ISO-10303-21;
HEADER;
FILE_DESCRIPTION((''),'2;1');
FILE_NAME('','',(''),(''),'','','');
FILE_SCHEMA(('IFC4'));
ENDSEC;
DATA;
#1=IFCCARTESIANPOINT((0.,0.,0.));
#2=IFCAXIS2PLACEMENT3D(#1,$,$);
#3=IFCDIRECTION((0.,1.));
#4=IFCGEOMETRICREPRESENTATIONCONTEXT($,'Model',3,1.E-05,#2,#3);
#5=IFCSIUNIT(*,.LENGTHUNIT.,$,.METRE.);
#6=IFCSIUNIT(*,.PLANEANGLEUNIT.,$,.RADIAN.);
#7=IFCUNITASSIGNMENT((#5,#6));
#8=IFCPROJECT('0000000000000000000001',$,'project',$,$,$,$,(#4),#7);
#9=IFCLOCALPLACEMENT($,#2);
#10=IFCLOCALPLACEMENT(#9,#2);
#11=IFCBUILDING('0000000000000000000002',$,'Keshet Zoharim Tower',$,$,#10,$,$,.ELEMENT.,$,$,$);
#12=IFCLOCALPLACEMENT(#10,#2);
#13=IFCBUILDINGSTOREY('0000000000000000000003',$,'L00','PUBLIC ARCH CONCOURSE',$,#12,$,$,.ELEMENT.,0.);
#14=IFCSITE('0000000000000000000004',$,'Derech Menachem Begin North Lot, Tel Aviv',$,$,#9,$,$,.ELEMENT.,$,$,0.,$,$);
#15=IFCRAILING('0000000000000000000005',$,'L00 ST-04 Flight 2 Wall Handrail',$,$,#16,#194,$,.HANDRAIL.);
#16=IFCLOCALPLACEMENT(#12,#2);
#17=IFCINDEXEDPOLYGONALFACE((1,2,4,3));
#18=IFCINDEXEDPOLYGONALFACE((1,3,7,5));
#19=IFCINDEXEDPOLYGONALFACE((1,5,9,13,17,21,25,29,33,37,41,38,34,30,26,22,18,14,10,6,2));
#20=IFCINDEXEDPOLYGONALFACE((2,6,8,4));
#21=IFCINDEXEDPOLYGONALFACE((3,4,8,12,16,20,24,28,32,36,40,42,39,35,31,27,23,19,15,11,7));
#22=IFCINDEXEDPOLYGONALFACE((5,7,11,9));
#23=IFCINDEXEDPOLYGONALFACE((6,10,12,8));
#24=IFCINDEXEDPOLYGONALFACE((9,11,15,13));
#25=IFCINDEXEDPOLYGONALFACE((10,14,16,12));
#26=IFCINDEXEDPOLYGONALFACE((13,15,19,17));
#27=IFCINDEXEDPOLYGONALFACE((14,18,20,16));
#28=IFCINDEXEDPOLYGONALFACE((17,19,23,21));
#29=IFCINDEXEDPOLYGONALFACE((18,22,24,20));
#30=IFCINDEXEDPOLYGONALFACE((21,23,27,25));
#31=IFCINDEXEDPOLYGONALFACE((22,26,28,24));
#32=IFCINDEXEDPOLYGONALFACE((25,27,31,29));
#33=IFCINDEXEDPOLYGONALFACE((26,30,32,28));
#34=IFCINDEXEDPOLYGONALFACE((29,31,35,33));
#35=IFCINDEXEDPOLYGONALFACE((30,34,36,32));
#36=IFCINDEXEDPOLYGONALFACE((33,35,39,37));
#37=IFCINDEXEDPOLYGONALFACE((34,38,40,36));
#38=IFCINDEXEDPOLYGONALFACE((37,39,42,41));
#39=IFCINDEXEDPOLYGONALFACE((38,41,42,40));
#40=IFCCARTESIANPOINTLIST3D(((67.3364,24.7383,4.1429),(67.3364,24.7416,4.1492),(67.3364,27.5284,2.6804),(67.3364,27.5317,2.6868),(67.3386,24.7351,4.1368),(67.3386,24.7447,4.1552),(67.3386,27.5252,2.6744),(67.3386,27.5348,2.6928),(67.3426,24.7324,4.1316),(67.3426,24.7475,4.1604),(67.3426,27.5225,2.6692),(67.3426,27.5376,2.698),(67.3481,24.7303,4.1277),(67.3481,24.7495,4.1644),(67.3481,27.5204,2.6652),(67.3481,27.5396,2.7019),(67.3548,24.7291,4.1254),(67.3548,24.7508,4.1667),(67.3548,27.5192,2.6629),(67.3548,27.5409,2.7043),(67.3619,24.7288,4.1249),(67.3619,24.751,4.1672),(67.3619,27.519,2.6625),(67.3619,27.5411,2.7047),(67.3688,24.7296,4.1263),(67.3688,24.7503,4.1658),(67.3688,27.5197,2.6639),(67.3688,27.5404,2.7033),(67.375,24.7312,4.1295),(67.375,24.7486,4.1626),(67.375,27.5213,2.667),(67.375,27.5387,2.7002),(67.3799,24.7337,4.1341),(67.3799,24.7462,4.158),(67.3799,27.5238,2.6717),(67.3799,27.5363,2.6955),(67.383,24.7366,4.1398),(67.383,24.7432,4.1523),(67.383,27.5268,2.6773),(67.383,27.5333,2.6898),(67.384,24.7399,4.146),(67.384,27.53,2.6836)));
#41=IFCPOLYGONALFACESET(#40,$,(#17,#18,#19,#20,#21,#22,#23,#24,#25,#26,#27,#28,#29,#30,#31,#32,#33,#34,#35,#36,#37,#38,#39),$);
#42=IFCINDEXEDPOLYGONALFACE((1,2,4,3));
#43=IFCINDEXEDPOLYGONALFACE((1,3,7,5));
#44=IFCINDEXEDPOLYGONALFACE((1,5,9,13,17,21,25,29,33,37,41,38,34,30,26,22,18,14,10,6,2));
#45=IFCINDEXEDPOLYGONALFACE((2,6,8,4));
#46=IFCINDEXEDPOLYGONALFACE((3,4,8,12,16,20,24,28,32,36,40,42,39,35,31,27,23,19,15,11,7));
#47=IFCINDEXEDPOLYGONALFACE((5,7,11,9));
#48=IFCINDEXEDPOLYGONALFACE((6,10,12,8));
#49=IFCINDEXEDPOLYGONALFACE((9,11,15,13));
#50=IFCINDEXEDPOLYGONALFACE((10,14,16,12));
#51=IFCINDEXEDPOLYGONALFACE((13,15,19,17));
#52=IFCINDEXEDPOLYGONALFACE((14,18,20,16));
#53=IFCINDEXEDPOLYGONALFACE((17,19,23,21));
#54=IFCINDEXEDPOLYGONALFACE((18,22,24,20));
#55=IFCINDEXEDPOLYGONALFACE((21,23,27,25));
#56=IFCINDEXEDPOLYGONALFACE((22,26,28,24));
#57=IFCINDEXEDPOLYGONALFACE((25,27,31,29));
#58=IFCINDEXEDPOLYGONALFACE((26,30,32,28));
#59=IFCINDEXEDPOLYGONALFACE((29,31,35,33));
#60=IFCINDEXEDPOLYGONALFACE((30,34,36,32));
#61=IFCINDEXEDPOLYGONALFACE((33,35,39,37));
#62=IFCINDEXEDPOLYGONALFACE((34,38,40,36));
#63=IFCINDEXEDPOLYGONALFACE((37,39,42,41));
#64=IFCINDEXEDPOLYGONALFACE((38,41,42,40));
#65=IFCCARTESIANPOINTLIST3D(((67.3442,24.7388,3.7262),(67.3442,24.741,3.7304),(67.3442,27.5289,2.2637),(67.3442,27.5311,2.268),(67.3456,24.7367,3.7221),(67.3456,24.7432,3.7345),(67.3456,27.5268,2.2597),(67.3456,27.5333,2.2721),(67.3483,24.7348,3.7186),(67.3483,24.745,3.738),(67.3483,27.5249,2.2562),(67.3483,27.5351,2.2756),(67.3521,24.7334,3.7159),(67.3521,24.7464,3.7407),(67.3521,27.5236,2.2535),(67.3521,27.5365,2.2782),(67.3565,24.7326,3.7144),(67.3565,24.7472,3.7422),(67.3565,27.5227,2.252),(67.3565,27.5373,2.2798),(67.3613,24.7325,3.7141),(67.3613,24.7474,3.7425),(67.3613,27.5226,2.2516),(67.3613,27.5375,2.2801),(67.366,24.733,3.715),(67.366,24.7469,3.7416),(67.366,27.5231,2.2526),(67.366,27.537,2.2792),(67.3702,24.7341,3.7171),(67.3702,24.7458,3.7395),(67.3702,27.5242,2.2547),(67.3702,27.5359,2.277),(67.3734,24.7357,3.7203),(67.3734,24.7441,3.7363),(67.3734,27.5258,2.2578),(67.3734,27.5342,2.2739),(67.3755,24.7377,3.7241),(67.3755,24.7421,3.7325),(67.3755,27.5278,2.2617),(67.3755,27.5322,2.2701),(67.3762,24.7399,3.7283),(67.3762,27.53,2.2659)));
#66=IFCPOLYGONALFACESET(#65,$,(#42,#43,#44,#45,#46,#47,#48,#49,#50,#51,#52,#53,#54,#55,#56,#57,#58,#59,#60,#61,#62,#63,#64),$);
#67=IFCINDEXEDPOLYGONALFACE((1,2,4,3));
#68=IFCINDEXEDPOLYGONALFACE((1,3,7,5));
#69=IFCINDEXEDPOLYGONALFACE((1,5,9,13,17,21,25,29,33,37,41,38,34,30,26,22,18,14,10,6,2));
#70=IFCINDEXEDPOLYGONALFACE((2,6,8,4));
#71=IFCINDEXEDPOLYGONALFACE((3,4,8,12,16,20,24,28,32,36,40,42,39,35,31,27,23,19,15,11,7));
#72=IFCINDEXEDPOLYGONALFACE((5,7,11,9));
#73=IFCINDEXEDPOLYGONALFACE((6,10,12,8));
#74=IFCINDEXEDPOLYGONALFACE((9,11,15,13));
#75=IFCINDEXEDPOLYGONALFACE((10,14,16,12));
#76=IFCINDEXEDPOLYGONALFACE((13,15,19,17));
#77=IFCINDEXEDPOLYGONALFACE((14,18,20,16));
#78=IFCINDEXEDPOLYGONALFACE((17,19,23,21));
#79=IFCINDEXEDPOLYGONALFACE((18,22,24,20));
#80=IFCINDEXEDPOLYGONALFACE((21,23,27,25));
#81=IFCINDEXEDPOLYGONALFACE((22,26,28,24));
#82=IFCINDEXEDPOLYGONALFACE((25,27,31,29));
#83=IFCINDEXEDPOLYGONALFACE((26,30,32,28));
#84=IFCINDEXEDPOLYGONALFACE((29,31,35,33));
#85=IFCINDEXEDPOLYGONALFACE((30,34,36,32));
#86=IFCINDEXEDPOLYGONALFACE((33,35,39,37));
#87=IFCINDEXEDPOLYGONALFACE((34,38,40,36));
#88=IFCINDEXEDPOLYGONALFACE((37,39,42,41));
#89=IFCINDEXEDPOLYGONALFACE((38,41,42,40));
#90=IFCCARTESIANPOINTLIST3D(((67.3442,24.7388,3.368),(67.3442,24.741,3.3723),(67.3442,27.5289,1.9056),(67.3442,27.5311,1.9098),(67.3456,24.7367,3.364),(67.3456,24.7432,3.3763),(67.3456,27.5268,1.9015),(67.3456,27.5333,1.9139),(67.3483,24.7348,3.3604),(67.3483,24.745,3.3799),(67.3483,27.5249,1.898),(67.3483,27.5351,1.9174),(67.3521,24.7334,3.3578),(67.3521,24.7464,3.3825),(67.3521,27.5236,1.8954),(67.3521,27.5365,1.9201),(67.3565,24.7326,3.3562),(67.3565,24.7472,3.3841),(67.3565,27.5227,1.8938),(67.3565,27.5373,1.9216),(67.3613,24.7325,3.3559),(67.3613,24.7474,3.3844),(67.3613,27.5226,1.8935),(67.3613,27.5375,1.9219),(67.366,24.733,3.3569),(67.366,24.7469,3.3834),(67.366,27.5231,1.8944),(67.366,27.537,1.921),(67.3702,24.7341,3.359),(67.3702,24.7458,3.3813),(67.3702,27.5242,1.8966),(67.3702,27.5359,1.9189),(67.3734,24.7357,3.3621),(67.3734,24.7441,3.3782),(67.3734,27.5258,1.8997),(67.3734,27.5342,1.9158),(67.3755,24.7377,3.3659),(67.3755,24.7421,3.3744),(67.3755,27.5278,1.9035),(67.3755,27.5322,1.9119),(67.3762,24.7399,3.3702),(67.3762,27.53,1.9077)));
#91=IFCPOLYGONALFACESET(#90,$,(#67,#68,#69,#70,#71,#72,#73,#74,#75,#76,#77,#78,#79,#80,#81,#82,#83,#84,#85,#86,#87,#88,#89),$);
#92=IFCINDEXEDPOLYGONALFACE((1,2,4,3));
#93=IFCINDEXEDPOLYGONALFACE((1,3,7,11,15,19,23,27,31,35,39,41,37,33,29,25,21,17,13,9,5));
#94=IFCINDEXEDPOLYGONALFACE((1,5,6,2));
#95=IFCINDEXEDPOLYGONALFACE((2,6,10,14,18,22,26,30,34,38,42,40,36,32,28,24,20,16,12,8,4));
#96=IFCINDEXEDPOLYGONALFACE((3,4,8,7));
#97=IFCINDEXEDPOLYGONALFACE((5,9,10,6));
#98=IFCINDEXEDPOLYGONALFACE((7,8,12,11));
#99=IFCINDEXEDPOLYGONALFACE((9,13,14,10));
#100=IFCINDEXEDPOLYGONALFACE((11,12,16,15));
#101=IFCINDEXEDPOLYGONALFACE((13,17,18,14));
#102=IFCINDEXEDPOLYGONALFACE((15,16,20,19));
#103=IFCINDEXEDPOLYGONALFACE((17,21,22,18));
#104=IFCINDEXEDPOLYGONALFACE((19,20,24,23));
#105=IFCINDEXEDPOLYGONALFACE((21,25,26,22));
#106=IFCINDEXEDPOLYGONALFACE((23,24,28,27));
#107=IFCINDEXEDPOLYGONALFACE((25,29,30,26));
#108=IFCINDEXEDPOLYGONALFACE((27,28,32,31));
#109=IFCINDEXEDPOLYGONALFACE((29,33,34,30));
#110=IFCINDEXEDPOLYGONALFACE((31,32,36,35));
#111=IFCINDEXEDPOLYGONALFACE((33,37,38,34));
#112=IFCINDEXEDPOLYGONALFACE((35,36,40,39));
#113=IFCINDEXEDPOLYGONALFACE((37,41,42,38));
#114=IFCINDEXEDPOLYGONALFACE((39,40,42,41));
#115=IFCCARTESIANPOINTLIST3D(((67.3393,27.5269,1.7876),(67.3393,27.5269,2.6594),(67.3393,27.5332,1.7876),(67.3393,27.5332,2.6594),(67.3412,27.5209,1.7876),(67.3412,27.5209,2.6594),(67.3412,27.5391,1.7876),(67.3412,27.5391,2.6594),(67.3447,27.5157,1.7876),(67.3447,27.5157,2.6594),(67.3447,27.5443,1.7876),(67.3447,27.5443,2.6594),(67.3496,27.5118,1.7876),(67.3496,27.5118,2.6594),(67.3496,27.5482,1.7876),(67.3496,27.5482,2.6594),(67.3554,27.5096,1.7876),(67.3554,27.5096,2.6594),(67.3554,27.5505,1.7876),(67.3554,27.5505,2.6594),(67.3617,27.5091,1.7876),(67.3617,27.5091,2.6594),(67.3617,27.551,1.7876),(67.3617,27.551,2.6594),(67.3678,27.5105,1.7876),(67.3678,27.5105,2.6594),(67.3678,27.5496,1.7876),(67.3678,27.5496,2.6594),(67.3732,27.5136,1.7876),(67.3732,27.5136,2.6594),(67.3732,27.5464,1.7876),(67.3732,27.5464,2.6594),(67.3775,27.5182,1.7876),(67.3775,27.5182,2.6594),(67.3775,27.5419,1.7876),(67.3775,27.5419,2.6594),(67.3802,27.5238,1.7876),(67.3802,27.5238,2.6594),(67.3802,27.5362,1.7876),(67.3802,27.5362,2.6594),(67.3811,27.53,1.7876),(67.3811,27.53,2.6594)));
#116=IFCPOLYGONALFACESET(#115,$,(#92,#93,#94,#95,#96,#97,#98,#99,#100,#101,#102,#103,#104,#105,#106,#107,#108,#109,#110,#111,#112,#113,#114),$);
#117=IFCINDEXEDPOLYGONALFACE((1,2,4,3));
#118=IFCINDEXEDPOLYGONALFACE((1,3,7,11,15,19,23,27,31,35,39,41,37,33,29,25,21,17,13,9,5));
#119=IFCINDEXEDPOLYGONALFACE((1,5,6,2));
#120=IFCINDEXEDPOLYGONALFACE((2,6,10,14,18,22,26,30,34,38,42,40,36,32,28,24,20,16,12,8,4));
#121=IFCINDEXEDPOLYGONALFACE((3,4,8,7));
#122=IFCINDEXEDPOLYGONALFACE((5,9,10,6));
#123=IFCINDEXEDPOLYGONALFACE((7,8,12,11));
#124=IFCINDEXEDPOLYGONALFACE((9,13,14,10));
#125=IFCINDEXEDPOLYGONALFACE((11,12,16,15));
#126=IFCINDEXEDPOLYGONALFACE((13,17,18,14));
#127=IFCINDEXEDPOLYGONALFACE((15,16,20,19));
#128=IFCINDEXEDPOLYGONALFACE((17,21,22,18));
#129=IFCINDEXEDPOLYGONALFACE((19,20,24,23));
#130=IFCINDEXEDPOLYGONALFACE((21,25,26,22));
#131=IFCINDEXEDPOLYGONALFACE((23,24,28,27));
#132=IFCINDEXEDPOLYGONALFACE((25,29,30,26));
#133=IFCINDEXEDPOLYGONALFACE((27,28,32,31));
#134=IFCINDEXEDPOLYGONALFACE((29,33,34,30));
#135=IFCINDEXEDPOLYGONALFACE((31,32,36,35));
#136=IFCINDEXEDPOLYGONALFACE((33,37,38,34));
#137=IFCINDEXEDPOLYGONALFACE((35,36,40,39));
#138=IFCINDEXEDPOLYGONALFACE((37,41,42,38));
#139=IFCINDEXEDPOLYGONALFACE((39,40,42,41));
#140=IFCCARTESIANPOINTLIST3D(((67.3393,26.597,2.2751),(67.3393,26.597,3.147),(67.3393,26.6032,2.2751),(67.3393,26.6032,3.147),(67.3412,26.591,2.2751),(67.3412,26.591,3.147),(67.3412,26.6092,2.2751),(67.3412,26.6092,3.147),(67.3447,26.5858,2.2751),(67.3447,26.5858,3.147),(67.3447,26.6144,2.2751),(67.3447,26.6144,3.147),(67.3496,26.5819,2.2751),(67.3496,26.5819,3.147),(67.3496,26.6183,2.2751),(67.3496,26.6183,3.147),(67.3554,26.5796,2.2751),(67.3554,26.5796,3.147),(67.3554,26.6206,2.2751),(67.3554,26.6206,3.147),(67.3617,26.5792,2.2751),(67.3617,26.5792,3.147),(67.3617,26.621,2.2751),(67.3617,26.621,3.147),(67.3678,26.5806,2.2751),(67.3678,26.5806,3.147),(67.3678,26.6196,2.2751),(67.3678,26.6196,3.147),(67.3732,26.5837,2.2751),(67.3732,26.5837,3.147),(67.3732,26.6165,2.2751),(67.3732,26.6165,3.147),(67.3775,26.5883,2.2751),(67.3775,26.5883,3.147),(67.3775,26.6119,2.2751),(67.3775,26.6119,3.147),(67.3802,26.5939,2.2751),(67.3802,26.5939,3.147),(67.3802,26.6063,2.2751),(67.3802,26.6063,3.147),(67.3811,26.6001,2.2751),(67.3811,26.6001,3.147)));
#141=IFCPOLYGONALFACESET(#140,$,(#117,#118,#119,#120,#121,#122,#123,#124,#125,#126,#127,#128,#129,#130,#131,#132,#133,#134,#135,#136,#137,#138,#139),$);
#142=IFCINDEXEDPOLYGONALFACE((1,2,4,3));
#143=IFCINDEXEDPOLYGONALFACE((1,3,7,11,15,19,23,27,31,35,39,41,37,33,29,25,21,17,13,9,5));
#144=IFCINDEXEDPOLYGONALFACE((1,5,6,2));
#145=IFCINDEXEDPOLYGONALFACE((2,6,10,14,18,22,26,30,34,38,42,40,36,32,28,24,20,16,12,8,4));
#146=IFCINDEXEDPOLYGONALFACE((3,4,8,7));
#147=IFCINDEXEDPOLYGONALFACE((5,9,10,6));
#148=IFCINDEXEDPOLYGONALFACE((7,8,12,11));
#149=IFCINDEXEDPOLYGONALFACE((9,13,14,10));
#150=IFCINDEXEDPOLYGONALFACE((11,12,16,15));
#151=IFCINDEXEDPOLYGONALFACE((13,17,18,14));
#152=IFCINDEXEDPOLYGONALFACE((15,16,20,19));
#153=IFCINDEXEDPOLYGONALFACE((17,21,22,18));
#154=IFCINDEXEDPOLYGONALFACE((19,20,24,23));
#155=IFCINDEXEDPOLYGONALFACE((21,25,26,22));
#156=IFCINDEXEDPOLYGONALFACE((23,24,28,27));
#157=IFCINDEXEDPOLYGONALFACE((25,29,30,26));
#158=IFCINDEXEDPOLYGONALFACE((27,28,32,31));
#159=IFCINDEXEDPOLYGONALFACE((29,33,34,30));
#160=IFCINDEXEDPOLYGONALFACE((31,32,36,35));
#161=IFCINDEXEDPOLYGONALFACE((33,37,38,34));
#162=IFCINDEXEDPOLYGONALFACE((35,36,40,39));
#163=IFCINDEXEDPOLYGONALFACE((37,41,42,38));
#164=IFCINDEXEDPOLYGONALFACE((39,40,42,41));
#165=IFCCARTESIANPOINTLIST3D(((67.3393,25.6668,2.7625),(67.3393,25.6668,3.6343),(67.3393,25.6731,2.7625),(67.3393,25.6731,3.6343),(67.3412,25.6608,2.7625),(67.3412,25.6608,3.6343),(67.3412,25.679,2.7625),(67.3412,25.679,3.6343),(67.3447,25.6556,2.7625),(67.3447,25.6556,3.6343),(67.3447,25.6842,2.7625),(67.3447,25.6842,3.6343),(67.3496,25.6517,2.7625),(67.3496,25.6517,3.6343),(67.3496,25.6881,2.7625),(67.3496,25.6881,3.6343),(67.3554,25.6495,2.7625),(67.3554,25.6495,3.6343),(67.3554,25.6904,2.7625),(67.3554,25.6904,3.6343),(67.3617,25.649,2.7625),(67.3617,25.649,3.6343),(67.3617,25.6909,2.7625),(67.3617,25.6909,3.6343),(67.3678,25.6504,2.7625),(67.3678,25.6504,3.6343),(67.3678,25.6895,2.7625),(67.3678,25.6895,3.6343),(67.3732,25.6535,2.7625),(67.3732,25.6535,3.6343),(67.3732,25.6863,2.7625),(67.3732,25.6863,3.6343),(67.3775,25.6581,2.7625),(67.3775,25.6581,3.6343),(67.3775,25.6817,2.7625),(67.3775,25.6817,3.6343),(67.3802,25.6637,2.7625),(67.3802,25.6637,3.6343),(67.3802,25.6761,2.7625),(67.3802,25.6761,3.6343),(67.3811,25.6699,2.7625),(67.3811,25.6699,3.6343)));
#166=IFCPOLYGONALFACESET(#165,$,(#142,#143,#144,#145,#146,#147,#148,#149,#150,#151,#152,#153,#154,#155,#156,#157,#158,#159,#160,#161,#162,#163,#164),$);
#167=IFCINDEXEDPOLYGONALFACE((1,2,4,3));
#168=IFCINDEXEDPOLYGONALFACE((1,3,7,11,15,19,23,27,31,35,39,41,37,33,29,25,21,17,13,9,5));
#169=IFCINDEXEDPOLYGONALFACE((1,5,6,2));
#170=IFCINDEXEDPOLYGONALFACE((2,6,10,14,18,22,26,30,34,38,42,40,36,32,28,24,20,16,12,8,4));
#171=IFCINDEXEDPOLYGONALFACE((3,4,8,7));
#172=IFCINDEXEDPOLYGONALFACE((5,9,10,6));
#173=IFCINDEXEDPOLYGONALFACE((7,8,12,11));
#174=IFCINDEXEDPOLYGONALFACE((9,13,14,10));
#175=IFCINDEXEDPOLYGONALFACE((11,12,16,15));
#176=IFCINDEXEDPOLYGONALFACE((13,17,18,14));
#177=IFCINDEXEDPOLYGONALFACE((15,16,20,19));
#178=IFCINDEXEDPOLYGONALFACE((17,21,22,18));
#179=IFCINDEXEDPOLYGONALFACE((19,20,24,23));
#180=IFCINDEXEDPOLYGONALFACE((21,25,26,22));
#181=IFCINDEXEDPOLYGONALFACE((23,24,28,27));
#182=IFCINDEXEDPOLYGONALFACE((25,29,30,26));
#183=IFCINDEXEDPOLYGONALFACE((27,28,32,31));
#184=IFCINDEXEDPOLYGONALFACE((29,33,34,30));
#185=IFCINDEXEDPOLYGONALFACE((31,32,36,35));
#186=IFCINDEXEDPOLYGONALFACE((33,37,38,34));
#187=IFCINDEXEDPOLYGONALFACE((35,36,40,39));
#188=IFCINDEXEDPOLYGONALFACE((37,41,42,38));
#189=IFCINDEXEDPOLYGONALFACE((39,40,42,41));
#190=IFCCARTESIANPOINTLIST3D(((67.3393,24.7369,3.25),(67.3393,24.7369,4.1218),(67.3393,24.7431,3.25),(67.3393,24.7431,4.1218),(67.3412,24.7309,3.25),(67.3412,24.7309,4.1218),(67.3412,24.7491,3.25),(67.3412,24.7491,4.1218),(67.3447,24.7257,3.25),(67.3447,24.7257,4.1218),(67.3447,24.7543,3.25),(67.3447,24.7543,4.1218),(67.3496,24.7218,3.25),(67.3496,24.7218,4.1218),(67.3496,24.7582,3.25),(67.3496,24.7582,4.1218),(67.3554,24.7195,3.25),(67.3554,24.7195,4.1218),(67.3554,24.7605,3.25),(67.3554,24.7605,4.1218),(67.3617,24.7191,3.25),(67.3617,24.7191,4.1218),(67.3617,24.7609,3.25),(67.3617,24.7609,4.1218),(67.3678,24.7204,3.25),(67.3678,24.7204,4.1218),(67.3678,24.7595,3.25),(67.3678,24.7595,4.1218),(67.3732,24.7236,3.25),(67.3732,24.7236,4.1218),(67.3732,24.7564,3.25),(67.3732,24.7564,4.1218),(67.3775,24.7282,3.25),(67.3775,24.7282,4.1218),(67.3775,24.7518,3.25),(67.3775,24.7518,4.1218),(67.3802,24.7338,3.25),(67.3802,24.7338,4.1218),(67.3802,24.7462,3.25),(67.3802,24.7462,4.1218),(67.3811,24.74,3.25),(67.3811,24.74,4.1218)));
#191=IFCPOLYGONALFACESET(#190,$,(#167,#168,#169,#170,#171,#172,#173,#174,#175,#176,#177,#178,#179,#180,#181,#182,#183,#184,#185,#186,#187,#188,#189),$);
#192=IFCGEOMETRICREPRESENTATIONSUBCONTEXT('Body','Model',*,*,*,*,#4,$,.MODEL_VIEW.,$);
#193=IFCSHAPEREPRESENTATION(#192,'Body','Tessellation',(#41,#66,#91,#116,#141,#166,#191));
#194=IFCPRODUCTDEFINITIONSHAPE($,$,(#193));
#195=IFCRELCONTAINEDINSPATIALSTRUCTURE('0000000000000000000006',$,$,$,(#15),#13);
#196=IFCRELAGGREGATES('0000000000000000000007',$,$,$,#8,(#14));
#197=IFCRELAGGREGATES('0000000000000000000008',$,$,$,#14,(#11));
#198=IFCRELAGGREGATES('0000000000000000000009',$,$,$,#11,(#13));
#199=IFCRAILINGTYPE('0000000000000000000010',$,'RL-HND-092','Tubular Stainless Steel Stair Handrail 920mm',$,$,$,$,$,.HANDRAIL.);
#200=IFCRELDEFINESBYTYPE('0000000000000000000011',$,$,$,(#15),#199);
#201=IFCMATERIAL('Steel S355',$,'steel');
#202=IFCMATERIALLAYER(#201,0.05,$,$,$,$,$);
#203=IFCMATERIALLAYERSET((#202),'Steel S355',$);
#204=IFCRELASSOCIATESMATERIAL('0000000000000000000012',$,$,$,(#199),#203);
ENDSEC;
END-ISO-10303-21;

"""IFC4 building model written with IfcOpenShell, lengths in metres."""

from ifc_helpers import new_model, si_unit, direction, frame, origin, origin_2d, place, context, subcontext, project, spatial, circle, extrude, material, layer, layer_set, type_object, element, save


model = new_model("IFC4")

# Units and contexts
model_context = context("Model", 3, precision=1e-05, world=origin(), true_north=direction((0.0, 1.0)))
body_context = subcontext(model_context, "Body", "Model", "MODEL_VIEW")
ifc_project = project(units=[si_unit("LENGTHUNIT", "METRE"), si_unit("PLANEANGLEUNIT", "RADIAN")], contexts=[model_context])

# Site, building, storey
site_placement = place(None, origin())
site = spatial("IfcSite", under=ifc_project, at=site_placement, Name="Derech Menachem Begin North Lot, Tel Aviv", CompositionType="ELEMENT", RefElevation=0.0)
building_placement = place(site_placement, origin())
building = spatial("IfcBuilding", under=site, at=building_placement, Name="Keshet Zoharim Tower", CompositionType="ELEMENT")
storey_placement = place(building_placement, origin())
storey = spatial("IfcBuildingStorey", under=building, at=storey_placement, Name="L00", Description="PUBLIC ARCH CONCOURSE", CompositionType="ELEMENT", Elevation=0.0)

# Shared definitions
ifc_material_1 = material(Name="Steel S355", Category="steel")

# Railing
ifc_layer_1 = layer(ifc_material_1, 0.05)
ifc_layer_set_1 = layer_set([ifc_layer_1], Name="Steel S355")
railing_type_1 = type_object("IfcRailingType", Name="RL-HND-092", Description="Tubular Stainless Steel Stair Handrail 920mm", PredefinedType="HANDRAIL", material=ifc_layer_set_1)
railing_1_placement = place(storey_placement, frame((67.3601, 27.53, 1.7876)))
element("IfcRailing", 1, at=railing_1_placement, inside=storey, type_object=railing_type_1, Name="L00 ST-04 Flight 2 Wall Handrail", PredefinedType="HANDRAIL", context=body_context, shape_type="SweptSolid", body=[
    extrude(circle(Radius=0.0239, at=origin_2d()), frame((0.0, 0.0, 0.896), z_axis=(0.0, -0.885707, 0.464244), x_axis=(1.0, 0.0, 0.0)), (0.0, 0.0, 1.0), 3.1501),
    extrude(circle(Radius=0.0161, at=origin_2d()), frame((0.0, 0.0, 0.4783), z_axis=(0.0, -0.885707, 0.464244), x_axis=(1.0, 0.0, 0.0)), (0.0, 0.0, 1.0), 3.1501),
    extrude(circle(Radius=0.0161, at=origin_2d()), frame((0.0, 0.0, 0.1201), z_axis=(0.0, -0.885707, 0.464244), x_axis=(1.0, 0.0, 0.0)), (0.0, 0.0, 1.0), 3.1501),
    extrude(circle(Radius=0.021, at=origin_2d()), origin(), (0.0, 0.0, 1.0), 0.8718),
    extrude(circle(Radius=0.021, at=origin_2d()), frame((0.0, -0.9299, 0.4875)), (0.0, 0.0, 1.0), 0.8718),
    extrude(circle(Radius=0.021, at=origin_2d()), frame((0.0, -1.8601, 0.9749)), (0.0, 0.0, 1.0), 0.8718),
    extrude(circle(Radius=0.021, at=origin_2d()), frame((0.0, -2.79, 1.4624)), (0.0, 0.0, 1.0), 0.8718),
])

save(model, "model.ifc")
